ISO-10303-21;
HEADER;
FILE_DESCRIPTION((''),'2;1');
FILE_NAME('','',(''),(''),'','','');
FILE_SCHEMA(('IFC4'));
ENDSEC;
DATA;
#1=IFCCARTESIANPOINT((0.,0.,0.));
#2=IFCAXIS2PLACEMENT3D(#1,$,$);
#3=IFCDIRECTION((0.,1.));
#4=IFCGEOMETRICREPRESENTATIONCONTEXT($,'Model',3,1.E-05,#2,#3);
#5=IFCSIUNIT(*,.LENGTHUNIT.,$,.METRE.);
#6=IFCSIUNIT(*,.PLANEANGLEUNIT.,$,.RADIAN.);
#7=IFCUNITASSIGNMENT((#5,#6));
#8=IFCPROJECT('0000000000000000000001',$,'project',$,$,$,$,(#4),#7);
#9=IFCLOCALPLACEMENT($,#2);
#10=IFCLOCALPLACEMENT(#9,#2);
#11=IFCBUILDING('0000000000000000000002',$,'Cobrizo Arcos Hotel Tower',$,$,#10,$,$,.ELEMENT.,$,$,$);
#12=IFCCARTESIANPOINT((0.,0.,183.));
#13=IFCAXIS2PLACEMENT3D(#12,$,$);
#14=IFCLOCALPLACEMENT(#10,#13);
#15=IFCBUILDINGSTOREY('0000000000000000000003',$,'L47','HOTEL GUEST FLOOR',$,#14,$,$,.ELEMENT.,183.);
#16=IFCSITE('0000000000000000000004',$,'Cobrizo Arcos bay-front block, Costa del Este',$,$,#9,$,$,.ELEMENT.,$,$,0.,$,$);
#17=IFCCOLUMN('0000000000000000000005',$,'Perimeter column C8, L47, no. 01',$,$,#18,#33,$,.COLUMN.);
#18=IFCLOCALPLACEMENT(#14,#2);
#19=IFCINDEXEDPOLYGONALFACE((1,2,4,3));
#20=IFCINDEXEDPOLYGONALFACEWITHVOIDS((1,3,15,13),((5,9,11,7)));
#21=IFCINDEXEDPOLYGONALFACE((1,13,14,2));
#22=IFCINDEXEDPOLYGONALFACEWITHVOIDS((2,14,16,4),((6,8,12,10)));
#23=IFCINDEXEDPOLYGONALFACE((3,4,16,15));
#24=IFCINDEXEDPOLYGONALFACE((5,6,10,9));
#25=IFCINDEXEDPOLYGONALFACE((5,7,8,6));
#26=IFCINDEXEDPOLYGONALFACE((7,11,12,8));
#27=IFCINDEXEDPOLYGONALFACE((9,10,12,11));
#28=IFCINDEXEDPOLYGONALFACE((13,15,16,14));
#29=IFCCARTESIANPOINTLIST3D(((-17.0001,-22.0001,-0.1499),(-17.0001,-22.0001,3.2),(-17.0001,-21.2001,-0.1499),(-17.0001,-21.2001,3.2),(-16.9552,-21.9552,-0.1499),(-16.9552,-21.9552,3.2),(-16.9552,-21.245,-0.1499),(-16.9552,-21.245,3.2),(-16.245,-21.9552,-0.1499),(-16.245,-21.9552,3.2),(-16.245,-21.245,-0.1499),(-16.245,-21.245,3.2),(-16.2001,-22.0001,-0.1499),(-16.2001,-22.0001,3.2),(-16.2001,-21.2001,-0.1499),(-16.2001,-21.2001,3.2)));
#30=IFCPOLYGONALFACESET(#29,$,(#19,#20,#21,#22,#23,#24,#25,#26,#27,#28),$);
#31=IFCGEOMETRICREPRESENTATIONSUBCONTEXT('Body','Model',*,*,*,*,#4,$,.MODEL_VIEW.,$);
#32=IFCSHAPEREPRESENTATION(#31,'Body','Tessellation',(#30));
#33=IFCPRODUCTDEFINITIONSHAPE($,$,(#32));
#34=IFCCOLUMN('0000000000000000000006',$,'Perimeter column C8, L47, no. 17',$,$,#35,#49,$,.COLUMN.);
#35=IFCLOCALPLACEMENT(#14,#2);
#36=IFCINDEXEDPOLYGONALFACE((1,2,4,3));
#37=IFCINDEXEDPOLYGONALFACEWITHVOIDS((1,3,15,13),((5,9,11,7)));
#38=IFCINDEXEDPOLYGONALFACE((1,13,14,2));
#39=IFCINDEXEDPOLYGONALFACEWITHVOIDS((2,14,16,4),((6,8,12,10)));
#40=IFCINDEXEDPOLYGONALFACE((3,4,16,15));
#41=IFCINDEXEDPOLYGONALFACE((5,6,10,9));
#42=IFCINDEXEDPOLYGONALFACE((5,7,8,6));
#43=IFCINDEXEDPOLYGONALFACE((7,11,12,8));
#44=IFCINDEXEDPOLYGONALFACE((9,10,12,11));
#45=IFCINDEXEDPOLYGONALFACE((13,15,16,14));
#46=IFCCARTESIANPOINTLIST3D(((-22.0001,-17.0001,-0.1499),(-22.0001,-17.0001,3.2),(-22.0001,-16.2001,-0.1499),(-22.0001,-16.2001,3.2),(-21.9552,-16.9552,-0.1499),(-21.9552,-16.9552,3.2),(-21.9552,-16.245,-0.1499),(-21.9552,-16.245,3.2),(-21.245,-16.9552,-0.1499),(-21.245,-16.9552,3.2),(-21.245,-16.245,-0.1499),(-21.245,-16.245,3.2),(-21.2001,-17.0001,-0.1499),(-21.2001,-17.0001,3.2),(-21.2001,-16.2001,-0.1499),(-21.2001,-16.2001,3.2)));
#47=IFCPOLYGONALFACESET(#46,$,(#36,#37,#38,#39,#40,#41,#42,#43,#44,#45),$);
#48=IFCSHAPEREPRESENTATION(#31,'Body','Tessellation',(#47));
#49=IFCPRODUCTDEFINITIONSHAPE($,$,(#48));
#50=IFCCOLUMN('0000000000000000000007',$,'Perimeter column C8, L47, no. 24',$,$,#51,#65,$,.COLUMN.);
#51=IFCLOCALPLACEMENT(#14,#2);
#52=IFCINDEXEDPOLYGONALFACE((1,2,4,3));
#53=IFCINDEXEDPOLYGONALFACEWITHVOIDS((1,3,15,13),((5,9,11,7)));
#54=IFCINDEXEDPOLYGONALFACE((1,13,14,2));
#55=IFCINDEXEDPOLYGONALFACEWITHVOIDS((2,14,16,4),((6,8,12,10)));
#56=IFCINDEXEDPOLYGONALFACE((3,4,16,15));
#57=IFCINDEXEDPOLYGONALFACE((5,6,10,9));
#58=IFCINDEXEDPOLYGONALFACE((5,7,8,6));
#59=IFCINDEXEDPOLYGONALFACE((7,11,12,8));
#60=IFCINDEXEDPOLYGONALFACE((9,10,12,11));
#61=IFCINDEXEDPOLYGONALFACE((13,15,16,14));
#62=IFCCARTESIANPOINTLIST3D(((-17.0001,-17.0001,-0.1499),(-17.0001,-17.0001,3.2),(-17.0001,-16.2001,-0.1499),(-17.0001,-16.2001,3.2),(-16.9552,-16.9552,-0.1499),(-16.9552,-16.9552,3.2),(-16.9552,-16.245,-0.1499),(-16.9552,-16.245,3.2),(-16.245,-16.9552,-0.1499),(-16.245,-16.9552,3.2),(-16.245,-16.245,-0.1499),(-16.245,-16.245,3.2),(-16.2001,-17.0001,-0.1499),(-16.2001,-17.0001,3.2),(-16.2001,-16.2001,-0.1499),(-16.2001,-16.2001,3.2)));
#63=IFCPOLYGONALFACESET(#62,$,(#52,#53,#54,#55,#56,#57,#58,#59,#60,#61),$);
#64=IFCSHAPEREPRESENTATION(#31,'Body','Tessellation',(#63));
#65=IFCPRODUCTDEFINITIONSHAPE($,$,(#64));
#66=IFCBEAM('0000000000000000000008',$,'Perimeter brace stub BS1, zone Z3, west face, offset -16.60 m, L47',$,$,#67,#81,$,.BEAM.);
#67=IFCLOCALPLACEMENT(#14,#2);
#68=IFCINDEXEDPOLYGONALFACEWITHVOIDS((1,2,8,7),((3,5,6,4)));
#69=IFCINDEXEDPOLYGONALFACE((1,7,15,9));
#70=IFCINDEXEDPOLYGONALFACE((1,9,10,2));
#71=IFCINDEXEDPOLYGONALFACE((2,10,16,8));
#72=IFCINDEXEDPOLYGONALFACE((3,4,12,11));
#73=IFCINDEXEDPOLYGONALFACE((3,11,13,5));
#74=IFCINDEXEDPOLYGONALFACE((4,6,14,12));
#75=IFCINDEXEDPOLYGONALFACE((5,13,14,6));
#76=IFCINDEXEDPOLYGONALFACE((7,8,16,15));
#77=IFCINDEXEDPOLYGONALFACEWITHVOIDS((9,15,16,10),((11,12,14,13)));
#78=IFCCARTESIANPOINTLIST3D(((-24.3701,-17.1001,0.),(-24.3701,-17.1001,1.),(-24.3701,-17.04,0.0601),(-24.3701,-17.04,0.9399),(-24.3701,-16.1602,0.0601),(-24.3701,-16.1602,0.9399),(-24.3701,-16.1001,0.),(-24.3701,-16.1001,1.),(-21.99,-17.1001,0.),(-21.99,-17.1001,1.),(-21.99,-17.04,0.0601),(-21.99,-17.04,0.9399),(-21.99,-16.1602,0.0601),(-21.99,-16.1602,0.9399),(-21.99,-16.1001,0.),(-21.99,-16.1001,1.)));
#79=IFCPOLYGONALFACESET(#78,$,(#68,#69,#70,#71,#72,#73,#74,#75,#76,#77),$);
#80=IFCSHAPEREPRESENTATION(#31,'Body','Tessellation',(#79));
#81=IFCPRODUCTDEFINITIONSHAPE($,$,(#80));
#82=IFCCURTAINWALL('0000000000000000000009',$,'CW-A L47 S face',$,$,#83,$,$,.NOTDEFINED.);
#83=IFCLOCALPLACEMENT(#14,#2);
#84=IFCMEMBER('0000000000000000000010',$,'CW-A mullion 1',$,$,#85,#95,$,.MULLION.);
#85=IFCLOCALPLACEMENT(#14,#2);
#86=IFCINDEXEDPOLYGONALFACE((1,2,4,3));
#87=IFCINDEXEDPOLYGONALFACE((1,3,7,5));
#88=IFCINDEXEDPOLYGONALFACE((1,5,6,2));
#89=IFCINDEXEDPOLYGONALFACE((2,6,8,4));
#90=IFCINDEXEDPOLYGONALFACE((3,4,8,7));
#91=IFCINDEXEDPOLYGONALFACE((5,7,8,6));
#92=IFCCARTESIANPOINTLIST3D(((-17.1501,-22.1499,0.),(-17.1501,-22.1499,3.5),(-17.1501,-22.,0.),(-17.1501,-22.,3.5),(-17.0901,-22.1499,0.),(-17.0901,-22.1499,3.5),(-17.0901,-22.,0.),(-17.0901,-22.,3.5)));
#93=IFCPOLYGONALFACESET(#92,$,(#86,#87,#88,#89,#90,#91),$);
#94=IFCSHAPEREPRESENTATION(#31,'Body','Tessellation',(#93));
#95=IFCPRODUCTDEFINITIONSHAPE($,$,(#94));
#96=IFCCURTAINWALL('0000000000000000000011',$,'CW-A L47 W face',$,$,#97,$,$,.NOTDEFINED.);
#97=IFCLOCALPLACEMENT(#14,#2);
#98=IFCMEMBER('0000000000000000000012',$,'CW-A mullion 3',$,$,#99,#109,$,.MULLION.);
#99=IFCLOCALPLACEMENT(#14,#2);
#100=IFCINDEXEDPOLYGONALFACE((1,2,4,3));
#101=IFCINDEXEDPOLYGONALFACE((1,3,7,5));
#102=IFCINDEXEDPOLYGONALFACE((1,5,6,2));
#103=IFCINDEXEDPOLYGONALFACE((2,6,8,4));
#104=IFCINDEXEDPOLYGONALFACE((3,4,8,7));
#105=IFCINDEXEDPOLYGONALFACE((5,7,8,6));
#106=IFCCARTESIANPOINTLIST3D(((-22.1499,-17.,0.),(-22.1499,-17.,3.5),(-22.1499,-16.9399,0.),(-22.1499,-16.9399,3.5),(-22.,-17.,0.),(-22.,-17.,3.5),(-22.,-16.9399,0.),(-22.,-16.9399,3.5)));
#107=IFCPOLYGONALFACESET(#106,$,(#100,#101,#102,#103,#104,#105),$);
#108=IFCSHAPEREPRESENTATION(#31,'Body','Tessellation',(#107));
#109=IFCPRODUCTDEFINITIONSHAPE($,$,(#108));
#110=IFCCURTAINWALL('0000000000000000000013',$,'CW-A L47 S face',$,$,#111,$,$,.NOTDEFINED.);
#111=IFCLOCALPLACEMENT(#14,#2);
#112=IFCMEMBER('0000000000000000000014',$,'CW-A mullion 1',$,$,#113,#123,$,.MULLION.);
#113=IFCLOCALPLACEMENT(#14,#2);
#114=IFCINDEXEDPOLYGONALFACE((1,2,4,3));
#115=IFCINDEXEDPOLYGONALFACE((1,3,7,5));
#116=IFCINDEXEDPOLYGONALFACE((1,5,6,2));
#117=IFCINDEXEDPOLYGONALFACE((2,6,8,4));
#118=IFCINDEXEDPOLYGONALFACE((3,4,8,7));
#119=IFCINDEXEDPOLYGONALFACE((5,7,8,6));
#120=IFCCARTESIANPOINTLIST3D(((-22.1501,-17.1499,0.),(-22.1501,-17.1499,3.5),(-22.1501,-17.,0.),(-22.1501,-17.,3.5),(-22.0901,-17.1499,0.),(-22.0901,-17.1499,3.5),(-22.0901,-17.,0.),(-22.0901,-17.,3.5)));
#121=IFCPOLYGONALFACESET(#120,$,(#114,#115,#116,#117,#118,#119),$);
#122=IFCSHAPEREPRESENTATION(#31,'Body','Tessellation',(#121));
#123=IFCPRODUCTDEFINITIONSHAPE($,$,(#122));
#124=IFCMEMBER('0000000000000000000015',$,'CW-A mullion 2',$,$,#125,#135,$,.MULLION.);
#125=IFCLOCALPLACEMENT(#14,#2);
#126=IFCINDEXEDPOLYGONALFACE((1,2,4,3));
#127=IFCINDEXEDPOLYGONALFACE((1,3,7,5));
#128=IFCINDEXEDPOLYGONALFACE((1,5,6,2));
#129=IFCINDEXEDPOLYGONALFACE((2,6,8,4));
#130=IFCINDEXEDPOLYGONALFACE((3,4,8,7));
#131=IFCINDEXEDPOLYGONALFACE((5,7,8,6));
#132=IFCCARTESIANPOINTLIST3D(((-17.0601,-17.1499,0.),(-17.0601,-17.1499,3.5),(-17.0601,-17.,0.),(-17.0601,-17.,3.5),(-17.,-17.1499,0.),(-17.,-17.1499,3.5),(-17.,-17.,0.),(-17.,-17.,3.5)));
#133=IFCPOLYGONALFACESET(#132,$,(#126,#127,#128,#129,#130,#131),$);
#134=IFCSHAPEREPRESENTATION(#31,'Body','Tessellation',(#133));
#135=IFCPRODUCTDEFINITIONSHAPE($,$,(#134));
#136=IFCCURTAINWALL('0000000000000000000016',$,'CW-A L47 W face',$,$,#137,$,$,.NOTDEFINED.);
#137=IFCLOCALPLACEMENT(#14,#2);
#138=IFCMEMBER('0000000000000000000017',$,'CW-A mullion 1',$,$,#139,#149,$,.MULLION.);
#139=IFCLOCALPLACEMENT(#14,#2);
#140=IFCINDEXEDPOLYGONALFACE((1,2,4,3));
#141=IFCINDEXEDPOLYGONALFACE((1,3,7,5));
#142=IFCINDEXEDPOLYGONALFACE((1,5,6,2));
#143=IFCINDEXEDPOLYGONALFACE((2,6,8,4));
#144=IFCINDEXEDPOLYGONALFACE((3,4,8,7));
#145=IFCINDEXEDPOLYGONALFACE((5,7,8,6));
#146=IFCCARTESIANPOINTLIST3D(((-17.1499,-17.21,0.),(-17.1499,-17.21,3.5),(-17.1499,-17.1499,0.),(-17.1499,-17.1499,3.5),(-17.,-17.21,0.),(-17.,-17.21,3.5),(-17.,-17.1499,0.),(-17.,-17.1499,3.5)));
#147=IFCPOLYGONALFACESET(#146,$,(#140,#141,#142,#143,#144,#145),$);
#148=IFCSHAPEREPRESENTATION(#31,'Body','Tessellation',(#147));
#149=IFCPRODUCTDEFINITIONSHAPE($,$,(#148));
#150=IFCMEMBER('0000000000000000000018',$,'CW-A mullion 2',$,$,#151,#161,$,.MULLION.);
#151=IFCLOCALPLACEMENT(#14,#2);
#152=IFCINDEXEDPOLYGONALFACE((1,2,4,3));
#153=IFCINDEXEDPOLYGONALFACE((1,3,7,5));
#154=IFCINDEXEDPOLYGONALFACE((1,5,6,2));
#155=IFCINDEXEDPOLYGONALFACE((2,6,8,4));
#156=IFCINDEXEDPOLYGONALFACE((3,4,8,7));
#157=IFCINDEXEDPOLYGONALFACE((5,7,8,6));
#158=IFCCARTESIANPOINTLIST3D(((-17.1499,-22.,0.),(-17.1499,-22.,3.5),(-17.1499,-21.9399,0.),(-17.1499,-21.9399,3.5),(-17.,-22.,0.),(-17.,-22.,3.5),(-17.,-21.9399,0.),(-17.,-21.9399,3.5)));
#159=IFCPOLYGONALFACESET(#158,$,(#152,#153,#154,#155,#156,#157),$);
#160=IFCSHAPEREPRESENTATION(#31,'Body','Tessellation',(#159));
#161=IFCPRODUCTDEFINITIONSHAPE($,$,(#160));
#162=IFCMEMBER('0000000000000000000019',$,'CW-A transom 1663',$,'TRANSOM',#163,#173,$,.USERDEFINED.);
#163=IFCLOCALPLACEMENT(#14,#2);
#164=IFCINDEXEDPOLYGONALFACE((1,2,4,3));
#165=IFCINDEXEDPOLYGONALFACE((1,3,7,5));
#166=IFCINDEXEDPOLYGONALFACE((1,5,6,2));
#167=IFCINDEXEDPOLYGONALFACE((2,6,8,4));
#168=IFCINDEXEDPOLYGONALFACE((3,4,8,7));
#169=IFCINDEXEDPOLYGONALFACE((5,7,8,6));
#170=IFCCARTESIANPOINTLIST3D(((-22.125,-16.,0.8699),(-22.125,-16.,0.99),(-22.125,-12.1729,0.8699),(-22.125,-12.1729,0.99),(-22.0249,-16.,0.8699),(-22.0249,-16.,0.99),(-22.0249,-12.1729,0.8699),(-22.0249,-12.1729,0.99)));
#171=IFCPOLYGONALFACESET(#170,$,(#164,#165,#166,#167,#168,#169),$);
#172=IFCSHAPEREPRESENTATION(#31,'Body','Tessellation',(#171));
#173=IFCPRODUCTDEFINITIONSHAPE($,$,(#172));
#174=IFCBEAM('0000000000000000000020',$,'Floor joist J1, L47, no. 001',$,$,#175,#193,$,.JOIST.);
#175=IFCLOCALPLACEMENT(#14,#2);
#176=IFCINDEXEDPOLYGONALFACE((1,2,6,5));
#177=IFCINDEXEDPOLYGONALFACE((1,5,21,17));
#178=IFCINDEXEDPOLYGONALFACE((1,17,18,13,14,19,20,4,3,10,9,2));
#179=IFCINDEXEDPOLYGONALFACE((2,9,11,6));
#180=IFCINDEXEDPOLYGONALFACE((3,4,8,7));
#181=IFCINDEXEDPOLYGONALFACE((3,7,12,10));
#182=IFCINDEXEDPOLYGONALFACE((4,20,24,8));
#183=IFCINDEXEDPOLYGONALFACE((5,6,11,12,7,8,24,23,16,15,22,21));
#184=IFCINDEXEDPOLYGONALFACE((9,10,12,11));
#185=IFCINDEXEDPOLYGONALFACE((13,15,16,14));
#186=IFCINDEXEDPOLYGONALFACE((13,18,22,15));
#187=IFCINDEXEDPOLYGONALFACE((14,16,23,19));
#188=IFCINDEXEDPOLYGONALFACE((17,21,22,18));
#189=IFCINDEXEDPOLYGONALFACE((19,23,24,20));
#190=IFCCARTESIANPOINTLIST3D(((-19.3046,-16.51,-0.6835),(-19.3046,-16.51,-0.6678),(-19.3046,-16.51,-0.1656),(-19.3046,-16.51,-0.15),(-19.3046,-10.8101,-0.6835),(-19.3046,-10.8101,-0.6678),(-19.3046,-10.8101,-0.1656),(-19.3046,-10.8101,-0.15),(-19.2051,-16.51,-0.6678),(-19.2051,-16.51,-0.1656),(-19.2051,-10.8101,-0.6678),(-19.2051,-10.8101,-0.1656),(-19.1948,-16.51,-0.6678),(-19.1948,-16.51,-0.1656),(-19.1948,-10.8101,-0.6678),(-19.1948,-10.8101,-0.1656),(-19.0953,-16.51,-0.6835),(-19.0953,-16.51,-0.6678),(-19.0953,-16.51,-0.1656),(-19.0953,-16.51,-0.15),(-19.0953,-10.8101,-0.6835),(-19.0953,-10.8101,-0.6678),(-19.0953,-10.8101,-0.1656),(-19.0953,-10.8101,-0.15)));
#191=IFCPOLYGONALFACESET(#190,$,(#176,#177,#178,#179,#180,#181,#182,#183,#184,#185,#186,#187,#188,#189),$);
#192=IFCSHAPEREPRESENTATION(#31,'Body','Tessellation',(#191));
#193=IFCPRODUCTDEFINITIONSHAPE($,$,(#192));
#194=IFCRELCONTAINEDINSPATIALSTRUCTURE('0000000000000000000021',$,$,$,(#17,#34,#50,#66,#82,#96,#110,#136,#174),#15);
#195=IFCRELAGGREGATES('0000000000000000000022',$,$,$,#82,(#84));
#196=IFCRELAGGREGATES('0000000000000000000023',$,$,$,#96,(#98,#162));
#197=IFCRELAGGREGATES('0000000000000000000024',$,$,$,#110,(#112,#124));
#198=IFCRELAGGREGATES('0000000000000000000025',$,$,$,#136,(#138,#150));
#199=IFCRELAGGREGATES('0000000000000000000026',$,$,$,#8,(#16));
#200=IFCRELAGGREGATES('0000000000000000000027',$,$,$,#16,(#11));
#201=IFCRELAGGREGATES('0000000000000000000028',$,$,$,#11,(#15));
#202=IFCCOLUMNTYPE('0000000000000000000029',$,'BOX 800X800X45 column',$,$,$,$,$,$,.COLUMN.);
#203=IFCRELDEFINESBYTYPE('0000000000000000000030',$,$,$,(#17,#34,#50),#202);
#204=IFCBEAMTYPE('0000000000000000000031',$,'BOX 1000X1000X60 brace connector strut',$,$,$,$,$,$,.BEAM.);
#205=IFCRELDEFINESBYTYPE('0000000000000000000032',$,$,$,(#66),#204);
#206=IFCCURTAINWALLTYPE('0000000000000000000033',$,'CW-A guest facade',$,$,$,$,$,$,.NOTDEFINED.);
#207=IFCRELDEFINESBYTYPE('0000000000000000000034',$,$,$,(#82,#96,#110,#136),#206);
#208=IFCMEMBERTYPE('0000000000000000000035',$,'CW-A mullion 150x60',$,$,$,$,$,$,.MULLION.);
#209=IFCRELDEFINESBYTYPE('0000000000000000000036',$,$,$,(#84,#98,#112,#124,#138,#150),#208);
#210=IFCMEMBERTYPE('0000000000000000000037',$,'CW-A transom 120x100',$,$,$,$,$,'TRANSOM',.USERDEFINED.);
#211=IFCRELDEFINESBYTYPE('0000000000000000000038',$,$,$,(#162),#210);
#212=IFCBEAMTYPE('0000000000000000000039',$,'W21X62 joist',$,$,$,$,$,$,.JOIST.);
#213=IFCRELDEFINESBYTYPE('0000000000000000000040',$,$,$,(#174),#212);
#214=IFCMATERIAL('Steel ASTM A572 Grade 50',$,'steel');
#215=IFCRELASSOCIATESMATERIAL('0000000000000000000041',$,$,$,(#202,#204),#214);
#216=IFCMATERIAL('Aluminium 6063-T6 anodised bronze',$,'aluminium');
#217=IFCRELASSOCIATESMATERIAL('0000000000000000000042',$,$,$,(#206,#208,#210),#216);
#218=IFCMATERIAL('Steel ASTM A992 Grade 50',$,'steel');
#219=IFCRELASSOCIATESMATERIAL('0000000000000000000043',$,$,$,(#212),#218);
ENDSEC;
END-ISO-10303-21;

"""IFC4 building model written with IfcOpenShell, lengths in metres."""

from ifc_helpers import new_model, si_unit, direction, frame, origin, origin_2d, place, context, subcontext, project, spatial, rectangle, hollow_rectangle, i_section, extrude, material, material_profile, profile_set, type_object, element, aggregate, save


model = new_model("IFC4")

# Units and contexts
model_context = context("Model", 3, precision=1e-05, world=origin(), true_north=direction((0.0, 1.0)))
body_context = subcontext(model_context, "Body", "Model", "MODEL_VIEW")
ifc_project = project(units=[si_unit("LENGTHUNIT", "METRE"), si_unit("PLANEANGLEUNIT", "RADIAN")], contexts=[model_context])

# Site, building, storey
site_placement = place(None, origin())
site = spatial("IfcSite", under=ifc_project, at=site_placement, Name="Cobrizo Arcos bay-front block, Costa del Este", CompositionType="ELEMENT", RefElevation=0.0)
building_placement = place(site_placement, origin())
building = spatial("IfcBuilding", under=site, at=building_placement, Name="Cobrizo Arcos Hotel Tower", CompositionType="ELEMENT")
storey_placement = place(building_placement, frame((0.0, 0.0, 183.0)))
storey = spatial("IfcBuildingStorey", under=building, at=storey_placement, Name="L47", Description="HOTEL GUEST FLOOR", CompositionType="ELEMENT", Elevation=183.0)

# Columns
ifc_material_1 = material(Name="Steel ASTM A572 Grade 50", Category="steel")
ifc_material_profile_1 = material_profile(ifc_material_1, hollow_rectangle(XDim=0.8, YDim=0.8, WallThickness=0.0449, at=origin_2d()), Name="BOX 800X800X45")
ifc_profile_set_1 = profile_set([ifc_material_profile_1], Name="Steel ASTM A572 Grade 50")
column_type = type_object("IfcColumnType", Name="BOX 800X800X45 column", PredefinedType="COLUMN", material=ifc_profile_set_1)
for number, where, z_axis, x_axis, name in (
    (1, (-16.6001, -21.6001, -0.1499), (0.0, 0.0, 1.0), (1.0, 0.0, 0.0), "Perimeter column C8, L47, no. 01"),
    (2, (-21.6001, -16.6001, -0.1499), (0.0, 0.0, 1.0), (1.0, 0.0, 0.0), "Perimeter column C8, L47, no. 17"),
    (3, (-16.6001, -16.6001, -0.1499), (0.0, 0.0, 1.0), (1.0, 0.0, 0.0), "Perimeter column C8, L47, no. 24"),
):
    element("IfcColumn", number, at=place(storey_placement, frame(where, z_axis=z_axis, x_axis=x_axis)), inside=storey, type_object=column_type, Name=name, PredefinedType="COLUMN", context=body_context, shape_type="SweptSolid", body=[
        extrude(hollow_rectangle(XDim=0.8, YDim=0.8, WallThickness=0.0449, at=origin_2d()), origin(), (0.0, 0.0, 1.0), 3.3499),
    ])

# Beam
ifc_material_profile_2 = material_profile(ifc_material_1, hollow_rectangle(XDim=1.0, YDim=1.0, WallThickness=0.0601, at=origin_2d()), Name="BOX 1000X1000X60")
ifc_profile_set_2 = profile_set([ifc_material_profile_2], Name="Steel ASTM A572 Grade 50")
beam_type_1 = type_object("IfcBeamType", Name="BOX 1000X1000X60 brace connector strut", PredefinedType="BEAM", material=ifc_profile_set_2)
beam_1_placement = place(storey_placement, frame((-21.99, -16.6001, 0.5), z_axis=(-1.0, 0.0, 0.0), x_axis=(0.0, -1.0, 0.0)))
element("IfcBeam", 4, at=beam_1_placement, inside=storey, type_object=beam_type_1, Name="Perimeter brace stub BS1, zone Z3, west face, offset -16.60 m, L47", PredefinedType="BEAM", context=body_context, shape_type="SweptSolid", body=[
    extrude(hollow_rectangle(XDim=1.0, YDim=1.0, WallThickness=0.0601, at=origin_2d()), origin(), (0.0, 0.0, 1.0), 2.3801),
])

# Curtain walls, members
ifc_material_2 = material(Name="Aluminium 6063-T6 anodised bronze", Category="aluminium")
curtain_wall_type = type_object("IfcCurtainWallType", Name="CW-A guest facade", PredefinedType="NOTDEFINED", material=ifc_material_2)
curtain_wall_1_placement = place(storey_placement, origin())
curtain_wall_1 = element("IfcCurtainWall", 5, at=curtain_wall_1_placement, inside=storey, type_object=curtain_wall_type, Name="CW-A L47 S face", PredefinedType="NOTDEFINED")
ifc_material_profile_3 = material_profile(ifc_material_2, rectangle(XDim=0.1499, YDim=0.0601, at=origin_2d()), Name="CW-A mullion 150x60")
ifc_profile_set_3 = profile_set([ifc_material_profile_3], Name="Aluminium 6063-T6 anodised bronze")
member_type_1 = type_object("IfcMemberType", Name="CW-A mullion 150x60", PredefinedType="MULLION", material=ifc_profile_set_3)
member_1_placement = place(storey_placement, frame((-17.1201, -22.075, 0.0), z_axis=(0.0, 0.0, 1.0), x_axis=(0.0, -1.0, 0.0)))
member_1 = element("IfcMember", 6, at=member_1_placement, type_object=member_type_1, Name="CW-A mullion 1", PredefinedType="MULLION", context=body_context, shape_type="SweptSolid", body=[
    extrude(rectangle(XDim=0.1499, YDim=0.0601, at=origin_2d()), origin(), (0.0, 0.0, 1.0), 3.5),
])
aggregate(curtain_wall_1, [member_1])
curtain_wall_2_placement = place(storey_placement, origin())
curtain_wall_2 = element("IfcCurtainWall", 7, at=curtain_wall_2_placement, inside=storey, type_object=curtain_wall_type, Name="CW-A L47 W face", PredefinedType="NOTDEFINED")
member_2_placement = place(storey_placement, frame((-22.075, -16.97, 0.0), z_axis=(0.0, 0.0, 1.0), x_axis=(-1.0, 0.0, 0.0)))
member_2 = element("IfcMember", 8, at=member_2_placement, type_object=member_type_1, Name="CW-A mullion 3", PredefinedType="MULLION", context=body_context, shape_type="SweptSolid", body=[
    extrude(rectangle(XDim=0.1499, YDim=0.0601, at=origin_2d()), origin(), (0.0, 0.0, 1.0), 3.5),
])

# Curtain walls, members
curtain_wall_3_placement = place(storey_placement, origin())
curtain_wall_3 = element("IfcCurtainWall", 9, at=curtain_wall_3_placement, inside=storey, type_object=curtain_wall_type, Name="CW-A L47 S face", PredefinedType="NOTDEFINED")
member_3_placement = place(storey_placement, frame((-22.1201, -17.075, 0.0), z_axis=(0.0, 0.0, 1.0), x_axis=(0.0, -1.0, 0.0)))
member_3 = element("IfcMember", 10, at=member_3_placement, type_object=member_type_1, Name="CW-A mullion 1", PredefinedType="MULLION", context=body_context, shape_type="SweptSolid", body=[
    extrude(rectangle(XDim=0.1499, YDim=0.0601, at=origin_2d()), origin(), (0.0, 0.0, 1.0), 3.5),
])
member_4_placement = place(storey_placement, frame((-17.03, -17.075, 0.0), z_axis=(0.0, 0.0, 1.0), x_axis=(0.0, -1.0, 0.0)))
member_4 = element("IfcMember", 11, at=member_4_placement, type_object=member_type_1, Name="CW-A mullion 2", PredefinedType="MULLION", context=body_context, shape_type="SweptSolid", body=[
    extrude(rectangle(XDim=0.1499, YDim=0.0601, at=origin_2d()), origin(), (0.0, 0.0, 1.0), 3.5),
])
curtain_wall_4_placement = place(storey_placement, origin())
curtain_wall_4 = element("IfcCurtainWall", 12, at=curtain_wall_4_placement, inside=storey, type_object=curtain_wall_type, Name="CW-A L47 W face", PredefinedType="NOTDEFINED")
member_5_placement = place(storey_placement, frame((-17.075, -17.1799, 0.0), z_axis=(0.0, 0.0, 1.0), x_axis=(-1.0, 0.0, 0.0)))
member_5 = element("IfcMember", 13, at=member_5_placement, type_object=member_type_1, Name="CW-A mullion 1", PredefinedType="MULLION", context=body_context, shape_type="SweptSolid", body=[
    extrude(rectangle(XDim=0.1499, YDim=0.0601, at=origin_2d()), origin(), (0.0, 0.0, 1.0), 3.5),
])
member_6_placement = place(storey_placement, frame((-17.075, -21.97, 0.0), z_axis=(0.0, 0.0, 1.0), x_axis=(-1.0, 0.0, 0.0)))
member_6 = element("IfcMember", 14, at=member_6_placement, type_object=member_type_1, Name="CW-A mullion 2", PredefinedType="MULLION", context=body_context, shape_type="SweptSolid", body=[
    extrude(rectangle(XDim=0.1499, YDim=0.0601, at=origin_2d()), origin(), (0.0, 0.0, 1.0), 3.5),
])

# Member
ifc_material_profile_4 = material_profile(ifc_material_2, rectangle(XDim=0.1001, YDim=0.1201, at=origin_2d()), Name="CW-A transom 120x100")
ifc_profile_set_4 = profile_set([ifc_material_profile_4], Name="Aluminium 6063-T6 anodised bronze")
member_type_2 = type_object("IfcMemberType", Name="CW-A transom 120x100", ElementType="TRANSOM", PredefinedType="USERDEFINED", material=ifc_profile_set_4)
member_7_placement = place(storey_placement, frame((-22.075, -12.1729, 0.9299), z_axis=(0.0, -1.0, 0.0), x_axis=(1.0, 0.0, 0.0)))
member_7 = element("IfcMember", 15, at=member_7_placement, type_object=member_type_2, Name="CW-A transom 1663", ObjectType="TRANSOM", PredefinedType="USERDEFINED", context=body_context, shape_type="SweptSolid", body=[
    extrude(rectangle(XDim=0.1001, YDim=0.1201, at=origin_2d()), origin(), (0.0, 0.0, 1.0), 3.8271),
])

# Beam
ifc_material_3 = material(Name="Steel ASTM A992 Grade 50", Category="steel")
ifc_material_profile_5 = material_profile(ifc_material_3, i_section(OverallWidth=0.2092, OverallDepth=0.5334, WebThickness=0.0103, FlangeThickness=0.0156, at=origin_2d()), Name="W21X62")
ifc_profile_set_5 = profile_set([ifc_material_profile_5], Name="Steel ASTM A992 Grade 50")
beam_type_2 = type_object("IfcBeamType", Name="W21X62 joist", PredefinedType="JOIST", material=ifc_profile_set_5)
beam_2_placement = place(storey_placement, frame((-19.2, -16.51, -0.4167), z_axis=(0.0, 1.0, 0.0), x_axis=(-1.0, 0.0, 0.0)))
element("IfcBeam", 16, at=beam_2_placement, inside=storey, type_object=beam_type_2, Name="Floor joist J1, L47, no. 001", PredefinedType="JOIST", context=body_context, shape_type="SweptSolid", body=[
    extrude(i_section(OverallWidth=0.2092, OverallDepth=0.5334, WebThickness=0.0103, FlangeThickness=0.0156, at=origin_2d()), origin(), (0.0, 0.0, 1.0), 5.7),
])

aggregate(curtain_wall_2, [member_2, member_7])
aggregate(curtain_wall_3, [member_3, member_4])
aggregate(curtain_wall_4, [member_5, member_6])

save(model, "model.ifc")
